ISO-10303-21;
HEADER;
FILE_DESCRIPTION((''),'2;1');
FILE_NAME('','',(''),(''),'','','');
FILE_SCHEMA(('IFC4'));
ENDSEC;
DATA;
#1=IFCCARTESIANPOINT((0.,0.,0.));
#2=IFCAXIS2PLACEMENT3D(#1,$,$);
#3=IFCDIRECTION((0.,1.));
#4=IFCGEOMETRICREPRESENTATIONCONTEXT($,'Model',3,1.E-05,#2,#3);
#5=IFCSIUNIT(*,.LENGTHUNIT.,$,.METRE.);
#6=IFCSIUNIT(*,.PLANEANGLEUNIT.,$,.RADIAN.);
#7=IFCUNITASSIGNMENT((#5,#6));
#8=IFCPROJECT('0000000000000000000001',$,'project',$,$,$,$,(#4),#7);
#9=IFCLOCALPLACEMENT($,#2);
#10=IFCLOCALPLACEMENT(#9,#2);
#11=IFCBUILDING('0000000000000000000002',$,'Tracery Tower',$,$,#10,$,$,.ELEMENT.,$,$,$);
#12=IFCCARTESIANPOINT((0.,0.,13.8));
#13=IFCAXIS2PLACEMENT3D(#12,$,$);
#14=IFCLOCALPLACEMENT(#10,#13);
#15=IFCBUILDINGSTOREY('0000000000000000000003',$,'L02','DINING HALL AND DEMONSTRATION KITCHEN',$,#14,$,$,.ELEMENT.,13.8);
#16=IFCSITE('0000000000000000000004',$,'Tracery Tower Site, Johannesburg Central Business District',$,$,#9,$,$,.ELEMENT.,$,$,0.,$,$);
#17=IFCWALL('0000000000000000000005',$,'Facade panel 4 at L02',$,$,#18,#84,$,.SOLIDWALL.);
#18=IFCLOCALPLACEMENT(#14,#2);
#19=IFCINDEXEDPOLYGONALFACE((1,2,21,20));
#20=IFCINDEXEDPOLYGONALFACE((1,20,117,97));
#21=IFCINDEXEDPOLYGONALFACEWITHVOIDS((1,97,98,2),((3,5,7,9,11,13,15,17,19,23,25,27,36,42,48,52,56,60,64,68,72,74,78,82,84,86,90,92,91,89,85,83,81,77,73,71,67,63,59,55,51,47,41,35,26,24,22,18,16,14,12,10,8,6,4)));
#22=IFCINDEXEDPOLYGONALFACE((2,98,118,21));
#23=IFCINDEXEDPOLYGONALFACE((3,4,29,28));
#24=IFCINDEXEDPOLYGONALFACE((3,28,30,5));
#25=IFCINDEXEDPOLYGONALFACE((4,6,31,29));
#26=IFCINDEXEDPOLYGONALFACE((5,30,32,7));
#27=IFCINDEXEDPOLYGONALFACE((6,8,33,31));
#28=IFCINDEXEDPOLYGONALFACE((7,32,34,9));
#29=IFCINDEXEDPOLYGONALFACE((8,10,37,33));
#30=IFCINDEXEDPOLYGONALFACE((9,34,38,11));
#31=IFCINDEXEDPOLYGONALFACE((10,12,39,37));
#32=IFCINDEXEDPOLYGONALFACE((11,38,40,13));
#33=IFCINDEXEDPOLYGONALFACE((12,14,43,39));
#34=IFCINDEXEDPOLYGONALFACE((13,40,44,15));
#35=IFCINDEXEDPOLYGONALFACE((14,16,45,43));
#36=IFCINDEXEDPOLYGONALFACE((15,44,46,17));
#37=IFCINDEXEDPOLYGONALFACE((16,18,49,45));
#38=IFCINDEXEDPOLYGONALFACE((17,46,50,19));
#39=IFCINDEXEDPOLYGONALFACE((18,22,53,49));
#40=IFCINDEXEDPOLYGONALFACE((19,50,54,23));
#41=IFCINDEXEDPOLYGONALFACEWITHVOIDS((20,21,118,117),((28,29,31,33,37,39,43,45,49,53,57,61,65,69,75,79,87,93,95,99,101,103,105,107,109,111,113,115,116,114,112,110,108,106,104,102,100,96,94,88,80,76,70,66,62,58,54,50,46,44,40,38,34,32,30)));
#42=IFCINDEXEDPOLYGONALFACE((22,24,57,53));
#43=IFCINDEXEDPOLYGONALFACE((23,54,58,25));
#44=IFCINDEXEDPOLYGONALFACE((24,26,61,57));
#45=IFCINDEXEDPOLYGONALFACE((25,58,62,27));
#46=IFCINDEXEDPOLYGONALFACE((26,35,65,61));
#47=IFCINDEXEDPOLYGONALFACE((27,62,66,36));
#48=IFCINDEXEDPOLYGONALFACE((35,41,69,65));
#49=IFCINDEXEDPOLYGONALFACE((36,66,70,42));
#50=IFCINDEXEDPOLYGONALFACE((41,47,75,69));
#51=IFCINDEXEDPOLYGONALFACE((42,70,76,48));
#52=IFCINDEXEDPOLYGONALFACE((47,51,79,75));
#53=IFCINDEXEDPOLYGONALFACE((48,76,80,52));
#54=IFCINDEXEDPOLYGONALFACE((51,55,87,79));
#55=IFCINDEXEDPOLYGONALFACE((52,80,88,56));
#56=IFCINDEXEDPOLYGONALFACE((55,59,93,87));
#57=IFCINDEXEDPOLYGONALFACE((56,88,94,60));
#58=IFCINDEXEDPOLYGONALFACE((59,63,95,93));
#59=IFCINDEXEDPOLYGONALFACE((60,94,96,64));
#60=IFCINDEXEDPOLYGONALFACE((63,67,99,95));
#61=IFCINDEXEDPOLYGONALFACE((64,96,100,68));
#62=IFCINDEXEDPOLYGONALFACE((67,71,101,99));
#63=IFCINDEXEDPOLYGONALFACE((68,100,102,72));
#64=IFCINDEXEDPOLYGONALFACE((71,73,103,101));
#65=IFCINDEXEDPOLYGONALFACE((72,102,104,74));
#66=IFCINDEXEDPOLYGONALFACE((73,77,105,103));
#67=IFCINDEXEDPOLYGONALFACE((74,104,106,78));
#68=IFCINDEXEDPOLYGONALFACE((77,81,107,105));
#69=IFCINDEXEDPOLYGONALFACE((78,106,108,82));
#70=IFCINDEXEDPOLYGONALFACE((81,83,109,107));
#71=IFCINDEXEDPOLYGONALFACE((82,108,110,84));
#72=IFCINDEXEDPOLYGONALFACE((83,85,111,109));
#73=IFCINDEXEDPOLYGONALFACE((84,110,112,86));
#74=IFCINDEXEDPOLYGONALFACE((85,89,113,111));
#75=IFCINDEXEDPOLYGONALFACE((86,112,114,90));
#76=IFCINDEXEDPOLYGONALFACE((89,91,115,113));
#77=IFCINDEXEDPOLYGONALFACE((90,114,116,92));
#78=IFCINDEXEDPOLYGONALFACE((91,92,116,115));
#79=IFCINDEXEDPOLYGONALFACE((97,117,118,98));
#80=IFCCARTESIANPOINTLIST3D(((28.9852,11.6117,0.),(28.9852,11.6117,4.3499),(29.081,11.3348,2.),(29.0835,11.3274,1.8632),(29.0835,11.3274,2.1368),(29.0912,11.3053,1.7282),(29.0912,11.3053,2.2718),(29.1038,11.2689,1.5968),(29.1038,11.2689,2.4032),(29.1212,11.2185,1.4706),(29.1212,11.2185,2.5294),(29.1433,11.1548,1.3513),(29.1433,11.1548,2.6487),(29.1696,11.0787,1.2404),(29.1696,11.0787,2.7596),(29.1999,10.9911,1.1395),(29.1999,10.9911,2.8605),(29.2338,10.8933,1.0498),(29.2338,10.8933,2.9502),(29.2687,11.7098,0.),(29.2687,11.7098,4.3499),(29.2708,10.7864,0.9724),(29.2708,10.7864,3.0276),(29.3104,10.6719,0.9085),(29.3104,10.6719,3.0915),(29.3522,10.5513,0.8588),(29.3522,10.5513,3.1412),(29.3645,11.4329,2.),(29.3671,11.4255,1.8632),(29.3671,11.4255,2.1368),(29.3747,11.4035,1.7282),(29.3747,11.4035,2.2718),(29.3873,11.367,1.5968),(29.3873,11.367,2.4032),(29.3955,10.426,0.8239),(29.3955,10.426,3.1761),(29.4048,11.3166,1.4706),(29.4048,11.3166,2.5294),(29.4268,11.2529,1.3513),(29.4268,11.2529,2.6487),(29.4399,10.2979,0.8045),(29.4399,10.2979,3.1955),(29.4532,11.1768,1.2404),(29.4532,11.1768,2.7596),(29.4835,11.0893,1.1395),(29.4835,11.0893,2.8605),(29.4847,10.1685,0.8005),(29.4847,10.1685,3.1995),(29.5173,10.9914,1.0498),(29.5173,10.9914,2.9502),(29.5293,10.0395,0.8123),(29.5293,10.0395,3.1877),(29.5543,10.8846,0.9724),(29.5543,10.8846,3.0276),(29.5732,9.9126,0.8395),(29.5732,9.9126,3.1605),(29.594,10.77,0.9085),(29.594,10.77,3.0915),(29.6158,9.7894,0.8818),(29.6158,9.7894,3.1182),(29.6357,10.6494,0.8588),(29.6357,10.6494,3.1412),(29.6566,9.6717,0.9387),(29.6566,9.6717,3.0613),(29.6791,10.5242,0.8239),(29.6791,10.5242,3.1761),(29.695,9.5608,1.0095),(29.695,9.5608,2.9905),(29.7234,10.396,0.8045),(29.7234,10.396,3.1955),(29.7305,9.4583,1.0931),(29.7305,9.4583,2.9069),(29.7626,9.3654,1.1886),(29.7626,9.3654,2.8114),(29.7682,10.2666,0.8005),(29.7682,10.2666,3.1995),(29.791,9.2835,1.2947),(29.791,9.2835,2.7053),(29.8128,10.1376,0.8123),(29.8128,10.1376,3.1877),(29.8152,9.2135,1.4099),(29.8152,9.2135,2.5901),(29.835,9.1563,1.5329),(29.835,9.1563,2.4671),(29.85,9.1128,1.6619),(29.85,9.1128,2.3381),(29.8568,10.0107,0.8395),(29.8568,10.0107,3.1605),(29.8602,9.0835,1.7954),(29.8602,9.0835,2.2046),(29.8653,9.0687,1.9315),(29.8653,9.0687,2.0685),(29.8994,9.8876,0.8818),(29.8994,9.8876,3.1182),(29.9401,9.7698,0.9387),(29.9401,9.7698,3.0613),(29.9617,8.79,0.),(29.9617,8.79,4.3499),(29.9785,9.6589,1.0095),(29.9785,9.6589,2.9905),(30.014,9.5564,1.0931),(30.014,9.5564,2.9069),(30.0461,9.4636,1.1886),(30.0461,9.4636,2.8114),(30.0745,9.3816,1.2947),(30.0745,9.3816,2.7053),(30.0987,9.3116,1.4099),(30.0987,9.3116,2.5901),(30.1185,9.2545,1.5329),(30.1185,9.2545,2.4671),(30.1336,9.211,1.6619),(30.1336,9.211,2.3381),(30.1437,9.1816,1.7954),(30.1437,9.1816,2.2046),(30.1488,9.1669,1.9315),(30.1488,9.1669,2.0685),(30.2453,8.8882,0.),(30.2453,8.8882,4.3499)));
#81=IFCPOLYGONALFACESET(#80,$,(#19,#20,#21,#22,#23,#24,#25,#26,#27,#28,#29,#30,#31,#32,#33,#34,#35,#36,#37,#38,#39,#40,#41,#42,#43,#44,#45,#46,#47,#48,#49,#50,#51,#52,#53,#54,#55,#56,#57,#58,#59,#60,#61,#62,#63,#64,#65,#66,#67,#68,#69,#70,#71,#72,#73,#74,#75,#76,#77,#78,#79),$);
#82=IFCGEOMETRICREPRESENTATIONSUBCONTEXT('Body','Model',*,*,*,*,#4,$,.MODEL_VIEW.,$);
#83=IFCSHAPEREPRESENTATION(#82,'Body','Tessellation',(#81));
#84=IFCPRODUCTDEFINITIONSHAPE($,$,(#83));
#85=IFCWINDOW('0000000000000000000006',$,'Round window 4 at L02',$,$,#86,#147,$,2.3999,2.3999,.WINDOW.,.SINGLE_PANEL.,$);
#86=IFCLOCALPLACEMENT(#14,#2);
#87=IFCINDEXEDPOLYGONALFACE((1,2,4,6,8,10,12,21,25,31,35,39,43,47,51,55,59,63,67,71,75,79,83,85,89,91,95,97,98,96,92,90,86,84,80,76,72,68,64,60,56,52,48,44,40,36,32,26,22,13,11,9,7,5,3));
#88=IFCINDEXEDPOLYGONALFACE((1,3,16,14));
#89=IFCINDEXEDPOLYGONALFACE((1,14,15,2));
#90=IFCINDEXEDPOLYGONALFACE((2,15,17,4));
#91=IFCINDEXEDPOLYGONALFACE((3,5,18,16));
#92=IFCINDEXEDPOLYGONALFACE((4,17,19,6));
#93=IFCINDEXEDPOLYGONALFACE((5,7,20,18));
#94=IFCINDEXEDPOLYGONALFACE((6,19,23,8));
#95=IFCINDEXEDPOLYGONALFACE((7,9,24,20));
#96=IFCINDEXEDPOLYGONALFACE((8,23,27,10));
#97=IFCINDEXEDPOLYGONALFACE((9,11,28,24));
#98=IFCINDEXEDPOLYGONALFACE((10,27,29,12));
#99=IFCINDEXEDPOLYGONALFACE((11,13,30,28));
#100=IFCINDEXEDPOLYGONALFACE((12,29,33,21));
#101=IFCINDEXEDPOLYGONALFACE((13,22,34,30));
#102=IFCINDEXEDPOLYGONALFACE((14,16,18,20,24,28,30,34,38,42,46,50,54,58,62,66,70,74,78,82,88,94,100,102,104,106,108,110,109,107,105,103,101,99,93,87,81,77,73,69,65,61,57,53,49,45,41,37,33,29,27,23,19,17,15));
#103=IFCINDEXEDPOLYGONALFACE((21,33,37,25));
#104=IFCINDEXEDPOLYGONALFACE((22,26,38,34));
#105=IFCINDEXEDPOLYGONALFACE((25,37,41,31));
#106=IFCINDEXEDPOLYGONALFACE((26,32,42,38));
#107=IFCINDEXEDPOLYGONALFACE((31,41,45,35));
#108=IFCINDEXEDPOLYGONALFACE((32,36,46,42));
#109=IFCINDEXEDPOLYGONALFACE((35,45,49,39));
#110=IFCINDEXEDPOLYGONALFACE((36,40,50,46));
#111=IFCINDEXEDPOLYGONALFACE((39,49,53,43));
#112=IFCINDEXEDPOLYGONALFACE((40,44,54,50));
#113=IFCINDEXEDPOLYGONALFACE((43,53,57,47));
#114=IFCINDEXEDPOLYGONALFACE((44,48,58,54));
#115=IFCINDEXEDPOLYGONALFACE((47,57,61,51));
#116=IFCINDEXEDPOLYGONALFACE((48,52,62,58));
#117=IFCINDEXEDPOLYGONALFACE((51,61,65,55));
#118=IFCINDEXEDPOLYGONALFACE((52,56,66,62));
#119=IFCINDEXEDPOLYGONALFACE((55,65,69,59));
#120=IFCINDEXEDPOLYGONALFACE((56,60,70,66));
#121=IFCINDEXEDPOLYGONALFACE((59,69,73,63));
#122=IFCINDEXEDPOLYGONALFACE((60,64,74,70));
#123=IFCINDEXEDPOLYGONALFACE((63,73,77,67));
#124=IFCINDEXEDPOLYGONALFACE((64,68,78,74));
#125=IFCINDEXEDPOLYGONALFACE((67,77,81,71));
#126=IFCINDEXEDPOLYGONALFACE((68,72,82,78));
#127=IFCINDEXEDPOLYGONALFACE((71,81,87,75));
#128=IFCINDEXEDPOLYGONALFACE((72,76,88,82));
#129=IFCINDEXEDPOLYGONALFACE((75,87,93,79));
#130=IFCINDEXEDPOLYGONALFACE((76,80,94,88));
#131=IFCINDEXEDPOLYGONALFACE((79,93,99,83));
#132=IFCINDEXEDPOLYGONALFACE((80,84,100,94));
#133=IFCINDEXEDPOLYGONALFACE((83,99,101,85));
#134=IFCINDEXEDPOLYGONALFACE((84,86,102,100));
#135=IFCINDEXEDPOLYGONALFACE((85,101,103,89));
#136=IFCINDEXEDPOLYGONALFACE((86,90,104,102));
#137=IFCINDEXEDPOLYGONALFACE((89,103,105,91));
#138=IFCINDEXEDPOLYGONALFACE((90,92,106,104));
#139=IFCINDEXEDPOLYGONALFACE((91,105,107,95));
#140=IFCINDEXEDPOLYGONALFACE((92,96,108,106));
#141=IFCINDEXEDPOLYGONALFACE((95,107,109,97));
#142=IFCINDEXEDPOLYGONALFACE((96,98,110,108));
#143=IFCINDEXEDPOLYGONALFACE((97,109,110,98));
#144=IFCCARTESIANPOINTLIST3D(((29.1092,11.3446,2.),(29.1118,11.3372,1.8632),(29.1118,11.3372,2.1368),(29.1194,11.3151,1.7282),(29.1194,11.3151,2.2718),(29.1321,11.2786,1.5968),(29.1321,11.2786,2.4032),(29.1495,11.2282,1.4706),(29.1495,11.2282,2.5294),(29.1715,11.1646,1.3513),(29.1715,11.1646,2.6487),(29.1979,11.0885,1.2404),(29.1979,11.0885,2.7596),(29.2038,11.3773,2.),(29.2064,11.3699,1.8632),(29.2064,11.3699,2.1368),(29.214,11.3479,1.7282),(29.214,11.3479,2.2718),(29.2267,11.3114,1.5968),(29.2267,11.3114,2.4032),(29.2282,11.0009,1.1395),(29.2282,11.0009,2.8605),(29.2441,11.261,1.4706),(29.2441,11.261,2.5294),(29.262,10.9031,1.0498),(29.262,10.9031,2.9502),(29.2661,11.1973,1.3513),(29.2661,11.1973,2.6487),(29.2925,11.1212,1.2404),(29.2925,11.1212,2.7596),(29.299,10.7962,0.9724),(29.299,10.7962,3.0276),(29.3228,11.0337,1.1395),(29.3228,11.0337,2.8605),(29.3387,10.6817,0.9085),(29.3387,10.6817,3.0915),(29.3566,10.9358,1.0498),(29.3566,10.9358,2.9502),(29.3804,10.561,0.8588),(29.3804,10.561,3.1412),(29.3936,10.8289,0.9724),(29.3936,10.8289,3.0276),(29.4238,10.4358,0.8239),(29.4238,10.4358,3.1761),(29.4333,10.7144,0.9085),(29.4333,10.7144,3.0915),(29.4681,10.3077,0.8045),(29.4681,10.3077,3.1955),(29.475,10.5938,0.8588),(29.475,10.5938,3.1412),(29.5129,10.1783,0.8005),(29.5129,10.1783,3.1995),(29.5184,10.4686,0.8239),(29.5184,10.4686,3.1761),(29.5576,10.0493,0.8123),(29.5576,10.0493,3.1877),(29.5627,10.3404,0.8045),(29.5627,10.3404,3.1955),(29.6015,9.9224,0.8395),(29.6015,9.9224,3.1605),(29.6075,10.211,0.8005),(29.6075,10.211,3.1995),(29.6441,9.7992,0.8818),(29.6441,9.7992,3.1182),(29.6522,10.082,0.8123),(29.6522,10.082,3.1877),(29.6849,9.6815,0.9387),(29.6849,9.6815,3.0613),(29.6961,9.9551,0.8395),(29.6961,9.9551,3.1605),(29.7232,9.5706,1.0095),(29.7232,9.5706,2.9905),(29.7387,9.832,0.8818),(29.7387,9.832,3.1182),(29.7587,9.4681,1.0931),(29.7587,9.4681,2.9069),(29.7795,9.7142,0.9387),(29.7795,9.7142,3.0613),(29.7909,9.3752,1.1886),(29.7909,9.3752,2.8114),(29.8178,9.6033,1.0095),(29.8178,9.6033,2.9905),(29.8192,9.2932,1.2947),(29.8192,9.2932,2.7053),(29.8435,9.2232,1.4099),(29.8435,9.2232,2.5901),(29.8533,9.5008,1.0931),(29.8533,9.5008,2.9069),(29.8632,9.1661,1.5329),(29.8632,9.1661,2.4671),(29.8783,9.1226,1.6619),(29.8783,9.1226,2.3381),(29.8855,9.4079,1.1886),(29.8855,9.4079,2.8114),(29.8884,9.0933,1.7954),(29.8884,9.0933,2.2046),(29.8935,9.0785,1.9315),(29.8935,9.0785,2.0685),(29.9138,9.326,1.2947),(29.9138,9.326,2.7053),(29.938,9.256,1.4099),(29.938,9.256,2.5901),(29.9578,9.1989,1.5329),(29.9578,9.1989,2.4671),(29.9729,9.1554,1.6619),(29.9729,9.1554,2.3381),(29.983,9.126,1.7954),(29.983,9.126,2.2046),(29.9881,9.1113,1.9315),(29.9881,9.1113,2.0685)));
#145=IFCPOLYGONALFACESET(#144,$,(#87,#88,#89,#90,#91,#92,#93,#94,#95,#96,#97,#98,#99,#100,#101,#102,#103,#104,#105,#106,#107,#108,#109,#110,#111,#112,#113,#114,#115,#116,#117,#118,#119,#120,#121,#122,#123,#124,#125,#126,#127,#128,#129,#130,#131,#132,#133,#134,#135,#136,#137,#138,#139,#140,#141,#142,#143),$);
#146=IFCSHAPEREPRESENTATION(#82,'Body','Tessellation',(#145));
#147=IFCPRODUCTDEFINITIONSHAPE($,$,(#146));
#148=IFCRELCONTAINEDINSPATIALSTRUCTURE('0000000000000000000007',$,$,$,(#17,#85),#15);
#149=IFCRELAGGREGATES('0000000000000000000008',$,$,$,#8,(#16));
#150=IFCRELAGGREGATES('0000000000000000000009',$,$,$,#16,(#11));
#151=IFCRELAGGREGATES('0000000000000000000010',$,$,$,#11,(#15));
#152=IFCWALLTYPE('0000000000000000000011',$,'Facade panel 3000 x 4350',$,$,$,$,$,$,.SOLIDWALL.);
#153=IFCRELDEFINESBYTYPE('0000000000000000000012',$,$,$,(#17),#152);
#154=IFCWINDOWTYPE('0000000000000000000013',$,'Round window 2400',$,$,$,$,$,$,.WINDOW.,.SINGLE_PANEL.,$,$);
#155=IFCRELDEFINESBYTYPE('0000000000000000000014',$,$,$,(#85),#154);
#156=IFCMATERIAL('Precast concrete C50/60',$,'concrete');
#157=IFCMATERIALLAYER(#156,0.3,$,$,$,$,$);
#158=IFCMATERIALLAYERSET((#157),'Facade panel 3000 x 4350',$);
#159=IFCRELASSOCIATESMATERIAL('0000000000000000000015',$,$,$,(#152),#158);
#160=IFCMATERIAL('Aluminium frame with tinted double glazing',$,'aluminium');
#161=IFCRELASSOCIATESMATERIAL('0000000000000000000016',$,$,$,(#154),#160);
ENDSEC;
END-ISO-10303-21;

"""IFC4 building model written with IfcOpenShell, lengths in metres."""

from ifc_helpers import new_model, si_unit, direction, frame, frame_2d, origin, origin_2d, place, context, subcontext, project, spatial, rectangle, circle, extrude, material, layer, layer_set, type_object, element, fill, save


model = new_model("IFC4")

# Units and contexts
model_context = context("Model", 3, precision=1e-05, world=origin(), true_north=direction((0.0, 1.0)))
body_context = subcontext(model_context, "Body", "Model", "MODEL_VIEW")
ifc_project = project(units=[si_unit("LENGTHUNIT", "METRE"), si_unit("PLANEANGLEUNIT", "RADIAN")], contexts=[model_context])

# Site, building, storey
site_placement = place(None, origin())
site = spatial("IfcSite", under=ifc_project, at=site_placement, Name="Tracery Tower Site, Johannesburg Central Business District", CompositionType="ELEMENT", RefElevation=0.0)
building_placement = place(site_placement, origin())
building = spatial("IfcBuilding", under=site, at=building_placement, Name="Tracery Tower", CompositionType="ELEMENT")
storey_placement = place(building_placement, frame((0.0, 0.0, 13.8)))
storey = spatial("IfcBuildingStorey", under=building, at=storey_placement, Name="L02", Description="DINING HALL AND DEMONSTRATION KITCHEN", CompositionType="ELEMENT", Elevation=13.8)

# Wall, opening, window
ifc_material_1 = material(Name="Precast concrete C50/60", Category="concrete")
ifc_layer_1 = layer(ifc_material_1, 0.3)
ifc_layer_set_1 = layer_set([ifc_layer_1], Name="Facade panel 3000 x 4350")
wall_type_1 = type_object("IfcWallType", Name="Facade panel 3000 x 4350", PredefinedType="SOLIDWALL", material=ifc_layer_set_1)
ifc_material_2 = material(Name="Aluminium frame with tinted double glazing", Category="aluminium")
window_type = type_object("IfcWindowType", Name="Round window 2400", PartitioningType="SINGLE_PANEL", PredefinedType="WINDOW", material=ifc_material_2)
wall_1_placement = place(storey_placement, frame((30.1035, 8.8391, 0.0), z_axis=(0.0, 0.0, 1.0), x_axis=(-0.327074, 0.944999, 0.0)))
wall_1 = element("IfcWall", 1, at=wall_1_placement, inside=storey, type_object=wall_type_1, Name="Facade panel 4 at L02", PredefinedType="SOLIDWALL", context=body_context, shape_type="SweptSolid", body=[
    extrude(rectangle(XDim=2.9858, YDim=0.3, at=frame_2d((1.4929, 0.0))), origin(), (0.0, 0.0, 1.0), 4.3499),
])
opening_1_placement = place(wall_1_placement, frame((1.4929, 0.0, 2.0)))
opening_1 = element("IfcOpeningElement", 2, at=opening_1_placement, cuts=wall_1, PredefinedType="OPENING", context=body_context, shape_type="SweptSolid", body=[
    extrude(circle(Radius=1.2, at=origin_2d()), frame((0.0, 0.1599, 0.0), z_axis=(0.0, -1.0, 0.0), x_axis=(1.0, 0.0, 0.0)), (0.0, 0.0, 1.0), 0.3201),
])
window_1_placement = place(opening_1_placement, origin())
window_1 = element("IfcWindow", 3, at=window_1_placement, inside=storey, type_object=window_type, Name="Round window 4 at L02", OverallHeight=2.3999, OverallWidth=2.3999, PartitioningType="SINGLE_PANEL", PredefinedType="WINDOW", context=body_context, shape_type="SweptSolid", body=[
    extrude(circle(Radius=1.2, at=origin_2d()), frame((0.0, 0.1201, 0.0), z_axis=(0.0, -1.0, 0.0), x_axis=(1.0, 0.0, 0.0)), (0.0, 0.0, 1.0), 0.1001),
])
fill(opening_1, window_1)

save(model, "model.ifc")
